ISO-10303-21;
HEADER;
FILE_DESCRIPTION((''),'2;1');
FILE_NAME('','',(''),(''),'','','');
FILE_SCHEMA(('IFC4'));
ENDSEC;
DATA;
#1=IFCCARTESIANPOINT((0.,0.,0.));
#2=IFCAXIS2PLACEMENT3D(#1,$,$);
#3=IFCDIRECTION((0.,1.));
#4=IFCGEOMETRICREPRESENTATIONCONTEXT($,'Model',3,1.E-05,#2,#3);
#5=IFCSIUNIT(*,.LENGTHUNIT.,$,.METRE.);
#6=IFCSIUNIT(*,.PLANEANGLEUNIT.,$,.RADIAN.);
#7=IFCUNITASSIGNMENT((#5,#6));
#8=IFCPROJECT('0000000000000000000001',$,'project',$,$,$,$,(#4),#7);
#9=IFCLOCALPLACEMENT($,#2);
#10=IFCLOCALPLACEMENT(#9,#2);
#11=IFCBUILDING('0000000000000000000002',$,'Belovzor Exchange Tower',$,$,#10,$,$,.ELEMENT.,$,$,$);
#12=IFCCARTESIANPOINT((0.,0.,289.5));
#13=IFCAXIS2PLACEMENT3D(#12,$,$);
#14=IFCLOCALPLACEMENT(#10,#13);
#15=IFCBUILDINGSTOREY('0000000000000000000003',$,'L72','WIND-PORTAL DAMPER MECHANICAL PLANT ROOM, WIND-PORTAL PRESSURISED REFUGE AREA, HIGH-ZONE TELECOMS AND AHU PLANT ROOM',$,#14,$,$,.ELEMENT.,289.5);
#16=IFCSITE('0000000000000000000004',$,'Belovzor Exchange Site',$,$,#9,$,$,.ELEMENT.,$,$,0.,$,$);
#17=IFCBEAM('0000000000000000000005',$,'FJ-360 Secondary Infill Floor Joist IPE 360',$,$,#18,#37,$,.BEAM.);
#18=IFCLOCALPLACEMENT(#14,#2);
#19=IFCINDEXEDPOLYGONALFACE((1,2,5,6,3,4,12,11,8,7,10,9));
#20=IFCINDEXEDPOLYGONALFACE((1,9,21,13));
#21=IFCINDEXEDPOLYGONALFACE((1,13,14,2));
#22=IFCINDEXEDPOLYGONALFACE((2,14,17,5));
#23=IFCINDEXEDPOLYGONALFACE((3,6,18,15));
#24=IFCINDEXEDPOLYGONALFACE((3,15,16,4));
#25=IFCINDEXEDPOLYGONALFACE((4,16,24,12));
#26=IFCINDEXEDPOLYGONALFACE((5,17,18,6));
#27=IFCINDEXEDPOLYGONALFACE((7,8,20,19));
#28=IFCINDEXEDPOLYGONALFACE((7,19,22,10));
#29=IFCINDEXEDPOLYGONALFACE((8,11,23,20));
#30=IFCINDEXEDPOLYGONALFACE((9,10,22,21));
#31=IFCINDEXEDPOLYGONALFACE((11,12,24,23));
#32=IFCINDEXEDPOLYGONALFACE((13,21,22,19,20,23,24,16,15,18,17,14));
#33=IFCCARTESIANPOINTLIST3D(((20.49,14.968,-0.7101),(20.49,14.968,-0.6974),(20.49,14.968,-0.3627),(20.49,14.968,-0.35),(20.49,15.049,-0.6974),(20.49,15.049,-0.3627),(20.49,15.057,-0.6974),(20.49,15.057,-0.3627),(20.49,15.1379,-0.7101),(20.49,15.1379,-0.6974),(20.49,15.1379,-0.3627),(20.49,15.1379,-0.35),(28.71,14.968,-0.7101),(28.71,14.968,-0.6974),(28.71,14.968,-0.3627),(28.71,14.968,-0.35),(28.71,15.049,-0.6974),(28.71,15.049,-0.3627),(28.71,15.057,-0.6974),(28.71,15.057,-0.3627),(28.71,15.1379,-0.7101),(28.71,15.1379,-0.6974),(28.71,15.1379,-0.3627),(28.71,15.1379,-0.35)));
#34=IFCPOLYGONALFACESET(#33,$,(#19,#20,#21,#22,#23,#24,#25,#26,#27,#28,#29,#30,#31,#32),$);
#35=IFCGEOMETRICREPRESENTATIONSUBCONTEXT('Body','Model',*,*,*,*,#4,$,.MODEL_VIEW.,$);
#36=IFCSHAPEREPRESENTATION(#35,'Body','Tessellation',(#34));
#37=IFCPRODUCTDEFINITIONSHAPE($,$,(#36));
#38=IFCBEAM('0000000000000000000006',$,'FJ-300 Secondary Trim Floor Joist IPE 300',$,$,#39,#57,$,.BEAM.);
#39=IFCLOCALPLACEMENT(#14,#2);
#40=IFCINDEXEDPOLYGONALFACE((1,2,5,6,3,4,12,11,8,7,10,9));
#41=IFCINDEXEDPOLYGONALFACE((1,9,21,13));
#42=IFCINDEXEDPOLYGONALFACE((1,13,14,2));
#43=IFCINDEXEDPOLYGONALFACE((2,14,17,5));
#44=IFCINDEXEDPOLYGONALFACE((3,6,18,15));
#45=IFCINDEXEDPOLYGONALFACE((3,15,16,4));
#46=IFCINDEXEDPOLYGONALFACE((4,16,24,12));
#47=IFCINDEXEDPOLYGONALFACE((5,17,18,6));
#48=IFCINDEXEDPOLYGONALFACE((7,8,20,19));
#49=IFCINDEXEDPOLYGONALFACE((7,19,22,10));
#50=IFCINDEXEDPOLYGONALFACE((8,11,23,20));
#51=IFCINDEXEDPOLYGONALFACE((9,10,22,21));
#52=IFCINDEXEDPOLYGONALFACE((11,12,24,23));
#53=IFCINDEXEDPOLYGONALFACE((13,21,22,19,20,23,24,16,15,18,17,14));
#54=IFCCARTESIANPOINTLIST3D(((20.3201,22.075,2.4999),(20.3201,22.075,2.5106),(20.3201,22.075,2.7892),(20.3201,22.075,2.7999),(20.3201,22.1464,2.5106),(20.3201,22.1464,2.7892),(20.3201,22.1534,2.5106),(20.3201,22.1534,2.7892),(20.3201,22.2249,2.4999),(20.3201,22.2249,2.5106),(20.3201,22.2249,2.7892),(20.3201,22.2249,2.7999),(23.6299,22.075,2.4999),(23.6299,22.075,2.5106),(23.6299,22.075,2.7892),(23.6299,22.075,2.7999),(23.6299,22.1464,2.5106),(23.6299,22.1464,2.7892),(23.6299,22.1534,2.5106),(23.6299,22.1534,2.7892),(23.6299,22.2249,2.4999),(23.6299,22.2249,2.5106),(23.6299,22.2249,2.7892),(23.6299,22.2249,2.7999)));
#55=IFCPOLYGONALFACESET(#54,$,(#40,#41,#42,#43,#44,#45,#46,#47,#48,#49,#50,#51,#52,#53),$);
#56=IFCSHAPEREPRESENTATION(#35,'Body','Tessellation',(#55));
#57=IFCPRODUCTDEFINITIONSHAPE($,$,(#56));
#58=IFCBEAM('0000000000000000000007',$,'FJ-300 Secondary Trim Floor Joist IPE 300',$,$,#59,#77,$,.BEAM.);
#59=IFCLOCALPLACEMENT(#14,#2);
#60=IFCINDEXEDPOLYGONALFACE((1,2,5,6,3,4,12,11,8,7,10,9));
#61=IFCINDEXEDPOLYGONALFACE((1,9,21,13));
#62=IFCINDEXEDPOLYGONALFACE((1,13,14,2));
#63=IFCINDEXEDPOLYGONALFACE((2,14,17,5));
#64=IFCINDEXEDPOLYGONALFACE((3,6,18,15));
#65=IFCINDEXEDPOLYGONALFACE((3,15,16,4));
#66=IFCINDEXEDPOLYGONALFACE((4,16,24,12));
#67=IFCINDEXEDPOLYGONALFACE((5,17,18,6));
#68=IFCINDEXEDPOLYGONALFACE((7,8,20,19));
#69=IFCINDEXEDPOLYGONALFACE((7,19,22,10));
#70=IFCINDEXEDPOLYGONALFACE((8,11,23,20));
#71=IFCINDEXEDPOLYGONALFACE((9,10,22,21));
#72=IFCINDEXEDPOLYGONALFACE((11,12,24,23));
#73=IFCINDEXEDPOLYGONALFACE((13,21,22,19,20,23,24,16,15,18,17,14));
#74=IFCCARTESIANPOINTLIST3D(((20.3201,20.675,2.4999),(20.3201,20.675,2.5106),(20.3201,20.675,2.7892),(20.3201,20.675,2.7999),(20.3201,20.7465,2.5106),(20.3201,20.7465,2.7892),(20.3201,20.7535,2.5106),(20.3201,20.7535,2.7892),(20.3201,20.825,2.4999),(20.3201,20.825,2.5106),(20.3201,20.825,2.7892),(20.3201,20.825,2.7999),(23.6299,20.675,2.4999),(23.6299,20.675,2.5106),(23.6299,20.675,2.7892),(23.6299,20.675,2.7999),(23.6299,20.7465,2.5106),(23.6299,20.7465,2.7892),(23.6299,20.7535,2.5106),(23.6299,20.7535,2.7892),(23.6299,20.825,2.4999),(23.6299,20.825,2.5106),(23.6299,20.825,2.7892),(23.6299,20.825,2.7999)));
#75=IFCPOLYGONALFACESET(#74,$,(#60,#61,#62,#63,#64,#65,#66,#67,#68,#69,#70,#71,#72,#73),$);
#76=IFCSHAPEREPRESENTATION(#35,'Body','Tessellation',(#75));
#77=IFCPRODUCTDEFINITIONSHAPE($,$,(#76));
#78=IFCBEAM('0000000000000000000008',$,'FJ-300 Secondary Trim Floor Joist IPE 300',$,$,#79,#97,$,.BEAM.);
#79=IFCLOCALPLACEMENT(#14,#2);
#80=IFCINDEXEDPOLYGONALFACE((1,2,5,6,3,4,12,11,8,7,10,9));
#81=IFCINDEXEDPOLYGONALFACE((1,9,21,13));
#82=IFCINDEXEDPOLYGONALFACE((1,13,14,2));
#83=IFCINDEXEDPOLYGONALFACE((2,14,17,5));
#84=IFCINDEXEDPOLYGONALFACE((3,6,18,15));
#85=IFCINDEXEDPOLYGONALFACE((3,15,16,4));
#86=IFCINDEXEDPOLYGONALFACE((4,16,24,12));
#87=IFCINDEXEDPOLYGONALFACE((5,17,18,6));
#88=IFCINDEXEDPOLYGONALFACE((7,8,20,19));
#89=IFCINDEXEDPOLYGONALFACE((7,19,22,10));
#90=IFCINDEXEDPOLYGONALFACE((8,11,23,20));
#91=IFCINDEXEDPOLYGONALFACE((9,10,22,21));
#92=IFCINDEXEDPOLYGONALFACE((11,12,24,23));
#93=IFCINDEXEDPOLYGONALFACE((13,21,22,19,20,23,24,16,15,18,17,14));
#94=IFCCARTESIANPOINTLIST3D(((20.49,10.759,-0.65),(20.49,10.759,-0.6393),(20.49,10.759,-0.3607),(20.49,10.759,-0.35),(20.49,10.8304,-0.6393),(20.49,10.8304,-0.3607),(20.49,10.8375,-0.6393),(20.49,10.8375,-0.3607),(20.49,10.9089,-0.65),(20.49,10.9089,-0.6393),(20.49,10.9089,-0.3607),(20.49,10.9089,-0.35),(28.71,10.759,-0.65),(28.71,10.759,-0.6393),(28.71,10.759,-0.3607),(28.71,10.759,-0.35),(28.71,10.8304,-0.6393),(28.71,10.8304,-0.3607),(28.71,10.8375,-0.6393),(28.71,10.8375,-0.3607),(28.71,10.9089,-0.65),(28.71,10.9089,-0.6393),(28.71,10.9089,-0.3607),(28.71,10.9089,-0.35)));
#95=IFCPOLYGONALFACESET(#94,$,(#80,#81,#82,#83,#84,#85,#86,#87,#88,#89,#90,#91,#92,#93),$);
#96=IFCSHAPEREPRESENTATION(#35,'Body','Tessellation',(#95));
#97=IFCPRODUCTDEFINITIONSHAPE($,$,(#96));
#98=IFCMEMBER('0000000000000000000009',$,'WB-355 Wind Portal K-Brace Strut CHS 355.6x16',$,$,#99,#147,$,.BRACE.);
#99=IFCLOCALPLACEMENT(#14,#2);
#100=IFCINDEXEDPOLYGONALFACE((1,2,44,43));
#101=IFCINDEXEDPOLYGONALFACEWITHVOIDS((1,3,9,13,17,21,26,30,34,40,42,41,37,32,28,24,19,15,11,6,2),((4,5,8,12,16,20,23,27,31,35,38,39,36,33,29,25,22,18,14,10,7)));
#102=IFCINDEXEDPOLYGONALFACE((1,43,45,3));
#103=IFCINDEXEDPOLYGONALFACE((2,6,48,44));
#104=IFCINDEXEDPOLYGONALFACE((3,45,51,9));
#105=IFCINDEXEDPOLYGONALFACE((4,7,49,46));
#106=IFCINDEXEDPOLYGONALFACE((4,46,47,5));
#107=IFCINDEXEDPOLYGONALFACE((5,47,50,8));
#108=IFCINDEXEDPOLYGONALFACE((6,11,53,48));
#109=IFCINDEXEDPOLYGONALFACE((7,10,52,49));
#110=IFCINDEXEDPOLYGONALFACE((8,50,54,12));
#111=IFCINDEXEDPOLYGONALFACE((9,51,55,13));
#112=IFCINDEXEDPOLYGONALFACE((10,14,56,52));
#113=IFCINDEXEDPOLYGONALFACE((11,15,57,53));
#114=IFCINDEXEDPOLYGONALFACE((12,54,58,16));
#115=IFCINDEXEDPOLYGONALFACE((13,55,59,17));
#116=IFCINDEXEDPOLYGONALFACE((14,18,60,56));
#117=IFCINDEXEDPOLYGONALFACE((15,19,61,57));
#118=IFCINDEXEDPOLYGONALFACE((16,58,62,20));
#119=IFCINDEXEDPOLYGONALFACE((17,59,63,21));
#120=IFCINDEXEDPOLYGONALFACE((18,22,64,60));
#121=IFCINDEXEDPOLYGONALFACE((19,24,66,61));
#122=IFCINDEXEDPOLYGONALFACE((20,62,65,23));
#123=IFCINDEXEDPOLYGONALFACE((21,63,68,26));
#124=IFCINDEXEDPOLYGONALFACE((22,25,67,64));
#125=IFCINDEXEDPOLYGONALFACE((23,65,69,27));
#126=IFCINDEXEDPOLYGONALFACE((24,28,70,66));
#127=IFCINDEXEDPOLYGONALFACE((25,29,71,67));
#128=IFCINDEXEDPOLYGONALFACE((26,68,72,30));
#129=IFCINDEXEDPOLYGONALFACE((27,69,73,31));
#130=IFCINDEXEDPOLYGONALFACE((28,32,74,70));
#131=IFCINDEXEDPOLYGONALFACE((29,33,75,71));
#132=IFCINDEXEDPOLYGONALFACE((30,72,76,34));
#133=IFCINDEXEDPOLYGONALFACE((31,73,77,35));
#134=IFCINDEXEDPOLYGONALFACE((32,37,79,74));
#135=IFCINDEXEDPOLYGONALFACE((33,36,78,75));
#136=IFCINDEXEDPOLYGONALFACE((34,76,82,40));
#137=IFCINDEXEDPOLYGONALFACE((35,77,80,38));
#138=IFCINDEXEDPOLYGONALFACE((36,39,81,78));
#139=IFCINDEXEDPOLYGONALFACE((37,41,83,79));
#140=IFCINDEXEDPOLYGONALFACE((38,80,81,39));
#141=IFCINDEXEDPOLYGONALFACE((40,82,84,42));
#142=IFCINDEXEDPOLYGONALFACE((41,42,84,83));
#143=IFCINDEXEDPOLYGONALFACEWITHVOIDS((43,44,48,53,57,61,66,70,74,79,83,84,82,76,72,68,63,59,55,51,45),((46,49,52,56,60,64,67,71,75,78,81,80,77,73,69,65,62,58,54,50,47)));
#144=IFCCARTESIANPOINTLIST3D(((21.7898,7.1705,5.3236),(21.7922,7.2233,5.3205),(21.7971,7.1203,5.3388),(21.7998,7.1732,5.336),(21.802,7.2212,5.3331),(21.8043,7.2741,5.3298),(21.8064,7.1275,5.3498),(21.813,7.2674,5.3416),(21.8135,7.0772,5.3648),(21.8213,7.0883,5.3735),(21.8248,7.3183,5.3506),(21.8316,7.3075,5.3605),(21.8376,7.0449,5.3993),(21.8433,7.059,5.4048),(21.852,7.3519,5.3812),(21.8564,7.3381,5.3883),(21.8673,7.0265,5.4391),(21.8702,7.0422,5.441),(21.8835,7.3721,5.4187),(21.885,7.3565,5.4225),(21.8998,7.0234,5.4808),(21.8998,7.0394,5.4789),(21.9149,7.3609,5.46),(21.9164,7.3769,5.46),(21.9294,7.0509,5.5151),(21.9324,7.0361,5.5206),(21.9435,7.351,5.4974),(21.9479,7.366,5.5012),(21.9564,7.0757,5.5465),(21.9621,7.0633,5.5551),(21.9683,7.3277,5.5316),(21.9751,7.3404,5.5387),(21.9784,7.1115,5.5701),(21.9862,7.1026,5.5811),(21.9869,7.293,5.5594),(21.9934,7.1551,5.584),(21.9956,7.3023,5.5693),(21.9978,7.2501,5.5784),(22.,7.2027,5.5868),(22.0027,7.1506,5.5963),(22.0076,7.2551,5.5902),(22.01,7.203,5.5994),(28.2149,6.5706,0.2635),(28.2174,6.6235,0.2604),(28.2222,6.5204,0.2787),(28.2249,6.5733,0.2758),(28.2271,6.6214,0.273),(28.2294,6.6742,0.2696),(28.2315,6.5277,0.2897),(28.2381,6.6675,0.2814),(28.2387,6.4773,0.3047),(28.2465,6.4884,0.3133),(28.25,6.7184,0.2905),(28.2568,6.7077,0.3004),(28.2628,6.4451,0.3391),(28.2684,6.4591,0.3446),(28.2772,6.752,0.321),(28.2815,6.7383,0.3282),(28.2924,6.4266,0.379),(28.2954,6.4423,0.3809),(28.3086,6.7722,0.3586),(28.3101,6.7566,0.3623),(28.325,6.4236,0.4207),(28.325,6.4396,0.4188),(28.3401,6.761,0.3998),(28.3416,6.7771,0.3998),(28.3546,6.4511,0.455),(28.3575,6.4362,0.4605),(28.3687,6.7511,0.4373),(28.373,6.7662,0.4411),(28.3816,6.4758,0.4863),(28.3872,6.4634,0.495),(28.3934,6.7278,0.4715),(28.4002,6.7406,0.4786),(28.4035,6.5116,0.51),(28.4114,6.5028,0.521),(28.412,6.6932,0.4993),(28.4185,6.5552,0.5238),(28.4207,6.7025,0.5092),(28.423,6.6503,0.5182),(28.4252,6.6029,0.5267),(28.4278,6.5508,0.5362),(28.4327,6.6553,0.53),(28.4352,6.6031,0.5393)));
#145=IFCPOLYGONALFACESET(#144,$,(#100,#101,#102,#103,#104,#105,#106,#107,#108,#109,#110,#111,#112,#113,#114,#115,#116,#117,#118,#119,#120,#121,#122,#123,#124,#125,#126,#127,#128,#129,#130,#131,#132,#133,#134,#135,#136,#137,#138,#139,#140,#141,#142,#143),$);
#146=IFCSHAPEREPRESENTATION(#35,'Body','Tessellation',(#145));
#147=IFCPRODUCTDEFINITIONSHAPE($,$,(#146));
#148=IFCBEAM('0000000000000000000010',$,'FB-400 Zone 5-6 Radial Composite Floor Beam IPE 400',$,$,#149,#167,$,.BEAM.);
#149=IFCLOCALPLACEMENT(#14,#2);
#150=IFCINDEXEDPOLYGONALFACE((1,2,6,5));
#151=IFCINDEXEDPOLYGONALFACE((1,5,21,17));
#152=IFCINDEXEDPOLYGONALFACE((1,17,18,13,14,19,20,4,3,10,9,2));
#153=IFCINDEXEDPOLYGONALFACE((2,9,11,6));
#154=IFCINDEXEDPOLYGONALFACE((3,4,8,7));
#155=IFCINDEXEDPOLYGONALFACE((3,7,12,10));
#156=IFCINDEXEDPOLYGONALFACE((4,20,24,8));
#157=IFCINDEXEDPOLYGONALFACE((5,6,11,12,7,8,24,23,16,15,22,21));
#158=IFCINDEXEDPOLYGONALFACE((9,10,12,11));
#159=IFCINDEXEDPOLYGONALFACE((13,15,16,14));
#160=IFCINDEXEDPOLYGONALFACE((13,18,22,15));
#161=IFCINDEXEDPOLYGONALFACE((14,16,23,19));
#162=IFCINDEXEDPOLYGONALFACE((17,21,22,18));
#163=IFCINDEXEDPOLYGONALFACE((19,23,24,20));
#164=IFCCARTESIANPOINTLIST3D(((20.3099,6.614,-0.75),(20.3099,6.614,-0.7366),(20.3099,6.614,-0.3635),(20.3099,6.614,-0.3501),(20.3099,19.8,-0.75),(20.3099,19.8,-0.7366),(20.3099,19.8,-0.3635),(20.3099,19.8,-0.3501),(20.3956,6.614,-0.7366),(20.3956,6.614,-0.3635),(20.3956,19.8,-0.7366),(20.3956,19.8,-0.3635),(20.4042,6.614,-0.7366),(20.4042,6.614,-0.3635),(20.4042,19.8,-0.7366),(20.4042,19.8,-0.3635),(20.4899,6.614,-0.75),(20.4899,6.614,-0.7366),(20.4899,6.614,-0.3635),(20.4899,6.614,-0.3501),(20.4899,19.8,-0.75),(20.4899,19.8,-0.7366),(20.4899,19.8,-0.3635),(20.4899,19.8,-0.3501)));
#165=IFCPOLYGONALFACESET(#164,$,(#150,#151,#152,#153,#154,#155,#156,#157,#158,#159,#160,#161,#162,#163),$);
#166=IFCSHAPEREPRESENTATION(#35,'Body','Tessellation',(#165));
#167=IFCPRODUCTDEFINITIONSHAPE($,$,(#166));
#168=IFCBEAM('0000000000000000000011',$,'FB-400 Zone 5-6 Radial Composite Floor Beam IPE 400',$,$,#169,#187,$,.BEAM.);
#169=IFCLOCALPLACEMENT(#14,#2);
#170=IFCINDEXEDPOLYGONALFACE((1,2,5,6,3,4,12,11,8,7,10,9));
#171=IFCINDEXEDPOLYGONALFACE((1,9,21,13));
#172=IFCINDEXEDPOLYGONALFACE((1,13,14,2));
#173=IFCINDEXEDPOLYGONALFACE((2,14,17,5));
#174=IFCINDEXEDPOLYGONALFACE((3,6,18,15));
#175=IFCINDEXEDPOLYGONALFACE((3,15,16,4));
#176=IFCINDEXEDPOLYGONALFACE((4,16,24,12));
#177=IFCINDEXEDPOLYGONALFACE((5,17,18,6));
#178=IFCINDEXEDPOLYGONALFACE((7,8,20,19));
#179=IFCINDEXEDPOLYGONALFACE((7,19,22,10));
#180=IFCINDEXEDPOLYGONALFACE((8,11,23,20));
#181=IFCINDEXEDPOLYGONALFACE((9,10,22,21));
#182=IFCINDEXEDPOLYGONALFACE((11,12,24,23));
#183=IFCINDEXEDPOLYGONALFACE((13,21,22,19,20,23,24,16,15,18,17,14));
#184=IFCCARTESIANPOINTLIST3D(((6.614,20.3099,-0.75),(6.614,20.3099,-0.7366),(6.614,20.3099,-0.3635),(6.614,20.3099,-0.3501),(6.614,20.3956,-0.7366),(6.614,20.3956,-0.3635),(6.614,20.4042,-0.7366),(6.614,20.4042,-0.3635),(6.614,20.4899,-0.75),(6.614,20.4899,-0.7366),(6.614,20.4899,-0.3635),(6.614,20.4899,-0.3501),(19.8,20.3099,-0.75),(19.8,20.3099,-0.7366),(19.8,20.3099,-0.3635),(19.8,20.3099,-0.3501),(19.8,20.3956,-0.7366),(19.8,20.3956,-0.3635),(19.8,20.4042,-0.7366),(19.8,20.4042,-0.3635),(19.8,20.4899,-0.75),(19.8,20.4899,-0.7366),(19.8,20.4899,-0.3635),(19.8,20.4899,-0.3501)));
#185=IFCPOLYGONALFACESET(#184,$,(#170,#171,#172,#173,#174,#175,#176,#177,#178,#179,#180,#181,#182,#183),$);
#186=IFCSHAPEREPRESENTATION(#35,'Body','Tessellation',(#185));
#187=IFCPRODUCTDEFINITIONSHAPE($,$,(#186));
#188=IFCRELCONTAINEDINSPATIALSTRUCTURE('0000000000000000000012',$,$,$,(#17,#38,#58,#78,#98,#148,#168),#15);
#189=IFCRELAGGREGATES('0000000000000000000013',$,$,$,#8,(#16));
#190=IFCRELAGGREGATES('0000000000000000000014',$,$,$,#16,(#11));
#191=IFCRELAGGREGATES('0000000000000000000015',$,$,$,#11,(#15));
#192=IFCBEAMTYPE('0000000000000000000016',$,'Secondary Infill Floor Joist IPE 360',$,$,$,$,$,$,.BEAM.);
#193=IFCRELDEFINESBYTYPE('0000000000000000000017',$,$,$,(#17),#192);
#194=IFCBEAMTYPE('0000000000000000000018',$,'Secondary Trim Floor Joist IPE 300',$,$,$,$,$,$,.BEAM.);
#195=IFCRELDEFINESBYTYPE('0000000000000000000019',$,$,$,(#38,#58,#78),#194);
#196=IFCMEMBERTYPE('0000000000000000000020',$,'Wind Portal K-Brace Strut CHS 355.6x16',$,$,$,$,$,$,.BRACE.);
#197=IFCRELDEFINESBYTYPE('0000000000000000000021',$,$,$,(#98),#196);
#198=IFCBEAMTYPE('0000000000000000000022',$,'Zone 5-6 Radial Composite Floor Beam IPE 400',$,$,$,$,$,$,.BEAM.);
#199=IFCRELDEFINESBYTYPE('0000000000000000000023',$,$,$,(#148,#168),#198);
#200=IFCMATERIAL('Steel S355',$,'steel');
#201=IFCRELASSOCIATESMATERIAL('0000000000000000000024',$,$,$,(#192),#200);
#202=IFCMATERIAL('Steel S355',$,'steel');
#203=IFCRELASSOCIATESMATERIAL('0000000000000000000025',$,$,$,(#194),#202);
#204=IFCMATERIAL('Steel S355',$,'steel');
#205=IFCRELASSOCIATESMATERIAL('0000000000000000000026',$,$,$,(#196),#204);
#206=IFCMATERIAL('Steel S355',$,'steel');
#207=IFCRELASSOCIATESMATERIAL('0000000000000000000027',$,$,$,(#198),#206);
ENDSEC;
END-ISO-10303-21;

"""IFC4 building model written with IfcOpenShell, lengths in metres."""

from ifc_helpers import new_model, si_unit, direction, frame, origin, origin_2d, place, context, subcontext, project, spatial, hollow_circle, i_section, extrude, material, material_profile, profile_set, type_object, element, save


model = new_model("IFC4")

# Units and contexts
model_context = context("Model", 3, precision=1e-05, world=origin(), true_north=direction((0.0, 1.0)))
body_context = subcontext(model_context, "Body", "Model", "MODEL_VIEW")
ifc_project = project(units=[si_unit("LENGTHUNIT", "METRE"), si_unit("PLANEANGLEUNIT", "RADIAN")], contexts=[model_context])

# Site, building, storey
site_placement = place(None, origin())
site = spatial("IfcSite", under=ifc_project, at=site_placement, Name="Belovzor Exchange Site", CompositionType="ELEMENT", RefElevation=0.0)
building_placement = place(site_placement, origin())
building = spatial("IfcBuilding", under=site, at=building_placement, Name="Belovzor Exchange Tower", CompositionType="ELEMENT")
storey_placement = place(building_placement, frame((0.0, 0.0, 289.5)))
storey = spatial("IfcBuildingStorey", under=building, at=storey_placement, Name="L72", Description="WIND-PORTAL DAMPER MECHANICAL PLANT ROOM, WIND-PORTAL PRESSURISED REFUGE AREA, HIGH-ZONE TELECOMS AND AHU PLANT ROOM", CompositionType="ELEMENT", Elevation=289.5)

# Beams
ifc_material_1 = material(Name="Steel S355", Category="steel")
ifc_material_profile_1 = material_profile(ifc_material_1, i_section(OverallWidth=0.1699, OverallDepth=0.3601, WebThickness=0.0081, FlangeThickness=0.0127, at=origin_2d()))
ifc_profile_set_1 = profile_set([ifc_material_profile_1], Name="Steel S355")
beam_type_1 = type_object("IfcBeamType", Name="Secondary Infill Floor Joist IPE 360", PredefinedType="BEAM", material=ifc_profile_set_1)
beam_1_placement = place(storey_placement, frame((20.49, 15.053, -0.53), z_axis=(1.0, 0.0, 0.0), x_axis=(0.0, 1.0, 0.0)))
element("IfcBeam", 1, at=beam_1_placement, inside=storey, type_object=beam_type_1, Name="FJ-360 Secondary Infill Floor Joist IPE 360", PredefinedType="BEAM", context=body_context, shape_type="SweptSolid", body=[
    extrude(i_section(OverallWidth=0.1699, OverallDepth=0.3601, WebThickness=0.0081, FlangeThickness=0.0127, at=origin_2d()), origin(), (0.0, 0.0, 1.0), 8.22),
])
ifc_material_2 = material(Name="Steel S355", Category="steel")
ifc_material_profile_2 = material_profile(ifc_material_2, i_section(OverallWidth=0.1499, OverallDepth=0.3, WebThickness=0.0071, FlangeThickness=0.0107, at=origin_2d()))
ifc_profile_set_2 = profile_set([ifc_material_profile_2], Name="Steel S355")
beam_type_2 = type_object("IfcBeamType", Name="Secondary Trim Floor Joist IPE 300", PredefinedType="BEAM", material=ifc_profile_set_2)
for number, where, z_axis, x_axis, name in (
    (2, (20.3201, 22.1499, 2.6499), (1.0, 0.0, 0.0), (0.0, 1.0, 0.0), "FJ-300 Secondary Trim Floor Joist IPE 300"),
    (3, (20.3201, 20.75, 2.6499), (1.0, 0.0, 0.0), (0.0, 1.0, 0.0), "FJ-300 Secondary Trim Floor Joist IPE 300"),
):
    element("IfcBeam", number, at=place(storey_placement, frame(where, z_axis=z_axis, x_axis=x_axis)), inside=storey, type_object=beam_type_2, Name=name, PredefinedType="BEAM", context=body_context, shape_type="SweptSolid", body=[
        extrude(i_section(OverallWidth=0.1499, OverallDepth=0.3, WebThickness=0.0071, FlangeThickness=0.0107, at=origin_2d()), origin(), (0.0, 0.0, 1.0), 3.3098),
    ])
beam_2_placement = place(storey_placement, frame((20.49, 10.834, -0.5), z_axis=(1.0, 0.0, 0.0), x_axis=(0.0, 1.0, 0.0)))
element("IfcBeam", 4, at=beam_2_placement, inside=storey, type_object=beam_type_2, Name="FJ-300 Secondary Trim Floor Joist IPE 300", PredefinedType="BEAM", context=body_context, shape_type="SweptSolid", body=[
    extrude(i_section(OverallWidth=0.1499, OverallDepth=0.3, WebThickness=0.0071, FlangeThickness=0.0107, at=origin_2d()), origin(), (0.0, 0.0, 1.0), 8.22),
])

# Member
ifc_material_3 = material(Name="Steel S355", Category="steel")
ifc_material_profile_3 = material_profile(ifc_material_3, hollow_circle(Radius=0.1777, WallThickness=0.0161, at=origin_2d()))
ifc_profile_set_3 = profile_set([ifc_material_profile_3], Name="Steel S355")
member_type = type_object("IfcMemberType", Name="Wind Portal K-Brace Strut CHS 355.6x16", PredefinedType="BRACE", material=ifc_profile_set_3)
member_placement = place(storey_placement, frame((21.8999, 7.2, 5.46), z_axis=(0.783512, -0.07315, -0.617056), x_axis=(0.092957, 0.99567, 0.0)))
element("IfcMember", 5, at=member_placement, inside=storey, type_object=member_type, Name="WB-355 Wind Portal K-Brace Strut CHS 355.6x16", PredefinedType="BRACE", context=body_context, shape_type="SweptSolid", body=[
    extrude(hollow_circle(Radius=0.1777, WallThickness=0.0161, at=origin_2d()), origin(), (0.0, 0.0, 1.0), 8.2004),
])

# Beams
ifc_material_4 = material(Name="Steel S355", Category="steel")
ifc_material_profile_4 = material_profile(ifc_material_4, i_section(OverallWidth=0.1799, OverallDepth=0.3999, WebThickness=0.0085, FlangeThickness=0.0134, at=origin_2d()))
ifc_profile_set_4 = profile_set([ifc_material_profile_4], Name="Steel S355")
beam_type_3 = type_object("IfcBeamType", Name="Zone 5-6 Radial Composite Floor Beam IPE 400", PredefinedType="BEAM", material=ifc_profile_set_4)
for number, where, z_axis, x_axis, name in (
    (6, (20.3999, 19.8, -0.55), (0.0, -1.0, 0.0), (1.0, 0.0, 0.0), "FB-400 Zone 5-6 Radial Composite Floor Beam IPE 400"),
    (7, (19.8, 20.3999, -0.55), (-1.0, 0.0, 0.0), (0.0, -1.0, 0.0), "FB-400 Zone 5-6 Radial Composite Floor Beam IPE 400"),
):
    element("IfcBeam", number, at=place(storey_placement, frame(where, z_axis=z_axis, x_axis=x_axis)), inside=storey, type_object=beam_type_3, Name=name, PredefinedType="BEAM", context=body_context, shape_type="SweptSolid", body=[
        extrude(i_section(OverallWidth=0.1799, OverallDepth=0.3999, WebThickness=0.0085, FlangeThickness=0.0134, at=origin_2d()), origin(), (0.0, 0.0, 1.0), 13.186),
    ])

save(model, "model.ifc")
